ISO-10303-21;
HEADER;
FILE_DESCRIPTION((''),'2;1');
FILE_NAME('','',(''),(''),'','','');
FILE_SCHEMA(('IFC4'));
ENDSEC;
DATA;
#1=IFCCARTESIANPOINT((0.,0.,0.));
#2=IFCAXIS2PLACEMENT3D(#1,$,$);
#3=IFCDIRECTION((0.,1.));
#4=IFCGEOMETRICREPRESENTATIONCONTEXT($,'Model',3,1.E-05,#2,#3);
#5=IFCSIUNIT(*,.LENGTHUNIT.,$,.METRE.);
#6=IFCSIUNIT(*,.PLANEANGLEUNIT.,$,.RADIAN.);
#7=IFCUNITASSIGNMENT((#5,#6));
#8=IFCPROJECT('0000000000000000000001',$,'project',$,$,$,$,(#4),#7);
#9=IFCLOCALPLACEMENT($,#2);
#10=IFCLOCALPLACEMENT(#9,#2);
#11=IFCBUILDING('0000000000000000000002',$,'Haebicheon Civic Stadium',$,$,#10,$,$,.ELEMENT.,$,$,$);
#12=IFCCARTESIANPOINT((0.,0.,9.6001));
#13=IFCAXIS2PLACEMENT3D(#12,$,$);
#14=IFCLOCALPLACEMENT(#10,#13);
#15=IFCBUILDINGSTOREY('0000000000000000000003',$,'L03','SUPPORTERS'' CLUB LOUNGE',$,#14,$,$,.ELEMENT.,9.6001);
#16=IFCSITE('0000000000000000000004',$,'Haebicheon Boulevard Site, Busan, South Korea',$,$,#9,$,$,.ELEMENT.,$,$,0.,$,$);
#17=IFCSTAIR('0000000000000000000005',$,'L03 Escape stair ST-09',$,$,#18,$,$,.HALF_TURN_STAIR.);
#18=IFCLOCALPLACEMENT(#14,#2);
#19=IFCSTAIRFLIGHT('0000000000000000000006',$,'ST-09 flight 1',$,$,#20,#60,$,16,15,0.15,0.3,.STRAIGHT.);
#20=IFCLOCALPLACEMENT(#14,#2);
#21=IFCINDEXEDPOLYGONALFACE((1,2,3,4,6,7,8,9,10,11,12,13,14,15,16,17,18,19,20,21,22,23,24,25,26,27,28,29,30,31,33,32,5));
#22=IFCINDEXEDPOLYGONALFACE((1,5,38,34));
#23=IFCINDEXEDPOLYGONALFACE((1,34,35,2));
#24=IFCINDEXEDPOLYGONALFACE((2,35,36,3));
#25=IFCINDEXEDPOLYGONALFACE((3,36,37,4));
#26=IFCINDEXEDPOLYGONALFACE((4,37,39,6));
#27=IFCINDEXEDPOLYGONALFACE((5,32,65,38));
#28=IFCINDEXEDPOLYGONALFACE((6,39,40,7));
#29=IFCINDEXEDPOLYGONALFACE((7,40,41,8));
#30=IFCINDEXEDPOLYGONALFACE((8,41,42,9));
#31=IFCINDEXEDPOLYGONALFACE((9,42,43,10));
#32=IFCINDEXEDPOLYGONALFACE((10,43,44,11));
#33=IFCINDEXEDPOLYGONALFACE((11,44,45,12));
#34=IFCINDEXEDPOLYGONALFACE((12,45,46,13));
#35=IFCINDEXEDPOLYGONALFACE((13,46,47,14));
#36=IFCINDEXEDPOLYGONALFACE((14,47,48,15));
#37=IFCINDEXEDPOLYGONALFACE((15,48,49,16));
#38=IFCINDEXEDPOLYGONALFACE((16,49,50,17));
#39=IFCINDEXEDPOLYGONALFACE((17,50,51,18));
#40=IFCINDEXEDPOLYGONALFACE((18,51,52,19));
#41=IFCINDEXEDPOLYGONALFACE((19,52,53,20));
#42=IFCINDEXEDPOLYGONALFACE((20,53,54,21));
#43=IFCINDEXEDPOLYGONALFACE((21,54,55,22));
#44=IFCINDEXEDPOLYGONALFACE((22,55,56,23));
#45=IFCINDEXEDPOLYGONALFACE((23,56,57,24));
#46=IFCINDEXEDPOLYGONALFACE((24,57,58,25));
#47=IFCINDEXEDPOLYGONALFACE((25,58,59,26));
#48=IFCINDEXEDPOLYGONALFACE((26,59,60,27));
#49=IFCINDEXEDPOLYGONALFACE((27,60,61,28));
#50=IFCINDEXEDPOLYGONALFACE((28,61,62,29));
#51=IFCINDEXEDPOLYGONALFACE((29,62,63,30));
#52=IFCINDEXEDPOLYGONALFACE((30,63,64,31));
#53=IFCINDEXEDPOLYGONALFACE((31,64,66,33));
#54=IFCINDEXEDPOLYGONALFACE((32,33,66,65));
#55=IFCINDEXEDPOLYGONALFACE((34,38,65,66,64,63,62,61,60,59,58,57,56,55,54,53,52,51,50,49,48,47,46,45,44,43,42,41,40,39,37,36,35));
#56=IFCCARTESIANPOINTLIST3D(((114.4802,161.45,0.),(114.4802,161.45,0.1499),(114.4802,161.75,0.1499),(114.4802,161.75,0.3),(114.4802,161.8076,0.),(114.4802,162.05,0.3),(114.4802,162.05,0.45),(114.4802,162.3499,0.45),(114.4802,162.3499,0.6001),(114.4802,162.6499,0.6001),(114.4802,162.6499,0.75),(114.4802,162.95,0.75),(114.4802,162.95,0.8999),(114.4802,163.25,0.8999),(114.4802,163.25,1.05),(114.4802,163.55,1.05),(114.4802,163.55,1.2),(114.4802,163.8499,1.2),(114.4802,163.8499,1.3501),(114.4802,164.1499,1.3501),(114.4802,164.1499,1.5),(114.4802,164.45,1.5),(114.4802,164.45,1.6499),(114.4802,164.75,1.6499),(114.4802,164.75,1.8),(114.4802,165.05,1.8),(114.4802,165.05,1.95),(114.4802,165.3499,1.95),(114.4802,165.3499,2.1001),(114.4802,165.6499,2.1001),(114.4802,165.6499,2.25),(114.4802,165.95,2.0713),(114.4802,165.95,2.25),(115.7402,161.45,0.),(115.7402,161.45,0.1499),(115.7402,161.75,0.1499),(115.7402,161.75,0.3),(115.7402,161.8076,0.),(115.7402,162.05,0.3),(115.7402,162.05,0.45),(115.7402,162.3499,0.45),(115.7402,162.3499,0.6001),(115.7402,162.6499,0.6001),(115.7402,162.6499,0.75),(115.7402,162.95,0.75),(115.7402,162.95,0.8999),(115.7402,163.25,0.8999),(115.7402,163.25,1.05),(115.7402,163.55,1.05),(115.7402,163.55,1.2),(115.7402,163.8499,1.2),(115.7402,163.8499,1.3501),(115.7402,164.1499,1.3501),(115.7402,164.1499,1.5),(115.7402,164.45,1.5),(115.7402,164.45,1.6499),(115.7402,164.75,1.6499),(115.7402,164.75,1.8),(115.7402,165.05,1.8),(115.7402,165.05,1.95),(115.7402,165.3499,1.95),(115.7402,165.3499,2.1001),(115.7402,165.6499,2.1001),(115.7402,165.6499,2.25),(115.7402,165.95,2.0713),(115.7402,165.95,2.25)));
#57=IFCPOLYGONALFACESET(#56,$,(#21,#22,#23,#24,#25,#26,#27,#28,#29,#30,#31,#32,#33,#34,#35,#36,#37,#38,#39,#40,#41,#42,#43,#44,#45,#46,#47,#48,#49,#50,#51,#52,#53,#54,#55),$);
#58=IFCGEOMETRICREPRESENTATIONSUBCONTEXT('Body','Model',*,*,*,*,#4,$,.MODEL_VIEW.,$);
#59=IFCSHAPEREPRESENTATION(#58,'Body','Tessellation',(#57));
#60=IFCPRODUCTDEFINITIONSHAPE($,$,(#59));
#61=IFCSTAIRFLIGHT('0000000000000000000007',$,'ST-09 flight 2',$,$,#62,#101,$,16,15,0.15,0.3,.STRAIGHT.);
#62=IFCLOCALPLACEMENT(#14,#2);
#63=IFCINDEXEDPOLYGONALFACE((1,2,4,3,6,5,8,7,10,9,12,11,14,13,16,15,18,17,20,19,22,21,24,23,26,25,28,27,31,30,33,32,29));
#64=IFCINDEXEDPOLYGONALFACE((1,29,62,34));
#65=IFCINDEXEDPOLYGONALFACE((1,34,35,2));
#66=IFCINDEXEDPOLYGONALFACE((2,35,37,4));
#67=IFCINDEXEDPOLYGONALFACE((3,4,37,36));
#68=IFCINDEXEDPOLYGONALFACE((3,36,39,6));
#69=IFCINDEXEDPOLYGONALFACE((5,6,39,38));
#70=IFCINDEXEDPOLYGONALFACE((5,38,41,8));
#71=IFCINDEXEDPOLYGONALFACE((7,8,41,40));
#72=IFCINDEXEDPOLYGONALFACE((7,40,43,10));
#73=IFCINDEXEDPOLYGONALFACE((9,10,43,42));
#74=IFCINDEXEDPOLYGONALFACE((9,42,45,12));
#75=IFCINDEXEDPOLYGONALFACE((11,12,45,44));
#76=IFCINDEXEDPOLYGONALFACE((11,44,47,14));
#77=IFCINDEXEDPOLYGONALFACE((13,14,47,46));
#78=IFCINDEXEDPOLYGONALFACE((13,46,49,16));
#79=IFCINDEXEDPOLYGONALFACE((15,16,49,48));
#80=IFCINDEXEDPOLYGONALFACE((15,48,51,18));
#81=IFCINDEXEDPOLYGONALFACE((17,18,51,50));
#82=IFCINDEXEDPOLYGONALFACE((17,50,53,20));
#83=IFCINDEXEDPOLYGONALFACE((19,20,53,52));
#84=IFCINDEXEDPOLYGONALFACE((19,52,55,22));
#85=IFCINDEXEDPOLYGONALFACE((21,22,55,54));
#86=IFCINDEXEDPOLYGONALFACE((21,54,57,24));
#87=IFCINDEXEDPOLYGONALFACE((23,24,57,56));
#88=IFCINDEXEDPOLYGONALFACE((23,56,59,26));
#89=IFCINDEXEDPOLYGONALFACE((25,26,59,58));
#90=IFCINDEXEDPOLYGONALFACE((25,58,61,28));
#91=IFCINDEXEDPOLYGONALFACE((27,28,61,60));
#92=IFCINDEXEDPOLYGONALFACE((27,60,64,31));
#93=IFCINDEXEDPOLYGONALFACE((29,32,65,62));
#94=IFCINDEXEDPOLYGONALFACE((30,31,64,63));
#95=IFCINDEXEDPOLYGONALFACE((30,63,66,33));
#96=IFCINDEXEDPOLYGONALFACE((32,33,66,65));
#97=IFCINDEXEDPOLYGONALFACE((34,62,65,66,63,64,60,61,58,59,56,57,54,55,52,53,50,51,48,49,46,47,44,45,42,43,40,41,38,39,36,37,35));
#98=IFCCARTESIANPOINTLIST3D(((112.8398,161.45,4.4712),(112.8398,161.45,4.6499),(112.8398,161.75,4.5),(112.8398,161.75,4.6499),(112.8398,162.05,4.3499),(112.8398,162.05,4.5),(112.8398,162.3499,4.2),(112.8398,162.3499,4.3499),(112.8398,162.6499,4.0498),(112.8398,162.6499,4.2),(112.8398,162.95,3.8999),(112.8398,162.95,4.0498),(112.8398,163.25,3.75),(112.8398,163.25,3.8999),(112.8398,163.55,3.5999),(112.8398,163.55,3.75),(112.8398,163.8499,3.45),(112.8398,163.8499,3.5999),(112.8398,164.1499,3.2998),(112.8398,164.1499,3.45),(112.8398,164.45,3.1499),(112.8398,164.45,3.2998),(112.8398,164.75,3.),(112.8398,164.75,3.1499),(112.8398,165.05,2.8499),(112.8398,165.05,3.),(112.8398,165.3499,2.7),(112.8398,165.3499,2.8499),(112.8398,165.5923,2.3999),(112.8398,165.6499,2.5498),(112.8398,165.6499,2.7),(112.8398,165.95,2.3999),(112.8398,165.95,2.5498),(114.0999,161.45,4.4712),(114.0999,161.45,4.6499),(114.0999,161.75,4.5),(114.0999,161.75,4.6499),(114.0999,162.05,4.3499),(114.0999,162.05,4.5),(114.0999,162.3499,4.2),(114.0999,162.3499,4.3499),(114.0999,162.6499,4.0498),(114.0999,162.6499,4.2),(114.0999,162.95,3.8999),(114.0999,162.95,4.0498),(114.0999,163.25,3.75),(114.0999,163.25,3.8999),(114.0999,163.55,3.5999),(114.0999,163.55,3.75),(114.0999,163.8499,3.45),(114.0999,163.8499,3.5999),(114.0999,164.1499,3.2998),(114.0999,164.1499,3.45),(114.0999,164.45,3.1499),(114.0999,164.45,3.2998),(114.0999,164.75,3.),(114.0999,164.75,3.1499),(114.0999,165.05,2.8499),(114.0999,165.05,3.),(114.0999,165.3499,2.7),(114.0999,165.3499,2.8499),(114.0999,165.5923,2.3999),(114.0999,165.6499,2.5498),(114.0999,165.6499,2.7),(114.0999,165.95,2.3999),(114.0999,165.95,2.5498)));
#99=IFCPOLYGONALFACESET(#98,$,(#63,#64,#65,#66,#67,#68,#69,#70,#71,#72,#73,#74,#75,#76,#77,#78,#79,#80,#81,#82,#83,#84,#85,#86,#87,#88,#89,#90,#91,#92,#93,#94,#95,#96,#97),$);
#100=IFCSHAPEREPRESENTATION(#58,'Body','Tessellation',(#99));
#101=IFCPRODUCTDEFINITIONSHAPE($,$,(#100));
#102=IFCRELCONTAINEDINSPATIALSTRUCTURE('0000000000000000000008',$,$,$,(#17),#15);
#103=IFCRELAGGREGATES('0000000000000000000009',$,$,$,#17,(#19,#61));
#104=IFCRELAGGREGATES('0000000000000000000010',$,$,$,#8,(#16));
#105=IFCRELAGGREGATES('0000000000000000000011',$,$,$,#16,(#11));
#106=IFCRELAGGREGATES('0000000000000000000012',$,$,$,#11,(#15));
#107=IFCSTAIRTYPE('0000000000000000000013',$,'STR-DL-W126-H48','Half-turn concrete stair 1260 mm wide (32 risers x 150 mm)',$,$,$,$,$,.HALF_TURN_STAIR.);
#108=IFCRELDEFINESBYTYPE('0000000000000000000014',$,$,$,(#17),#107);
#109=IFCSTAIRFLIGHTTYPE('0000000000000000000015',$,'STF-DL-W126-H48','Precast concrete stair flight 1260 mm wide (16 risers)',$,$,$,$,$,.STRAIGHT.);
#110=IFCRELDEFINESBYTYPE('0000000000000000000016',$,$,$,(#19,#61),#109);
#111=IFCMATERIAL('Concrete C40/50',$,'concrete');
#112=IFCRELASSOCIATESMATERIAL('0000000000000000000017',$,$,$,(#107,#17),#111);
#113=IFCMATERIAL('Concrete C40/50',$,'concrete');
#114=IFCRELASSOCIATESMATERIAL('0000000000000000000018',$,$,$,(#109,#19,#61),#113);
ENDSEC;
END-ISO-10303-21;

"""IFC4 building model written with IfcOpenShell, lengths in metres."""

from ifc_helpers import new_model, si_unit, direction, frame, origin, place, context, subcontext, project, spatial, polyline, outline, extrude, material, type_object, element, aggregate, save


model = new_model("IFC4")

# Units and contexts
model_context = context("Model", 3, precision=1e-05, world=origin(), true_north=direction((0.0, 1.0)))
body_context = subcontext(model_context, "Body", "Model", "MODEL_VIEW")
ifc_project = project(units=[si_unit("LENGTHUNIT", "METRE"), si_unit("PLANEANGLEUNIT", "RADIAN")], contexts=[model_context])

# Site, building, storey
site_placement = place(None, origin())
site = spatial("IfcSite", under=ifc_project, at=site_placement, Name="Haebicheon Boulevard Site, Busan, South Korea", CompositionType="ELEMENT", RefElevation=0.0)
building_placement = place(site_placement, origin())
building = spatial("IfcBuilding", under=site, at=building_placement, Name="Haebicheon Civic Stadium", CompositionType="ELEMENT")
storey_placement = place(building_placement, frame((0.0, 0.0, 9.6001)))
storey = spatial("IfcBuildingStorey", under=building, at=storey_placement, Name="L03", Description="SUPPORTERS' CLUB LOUNGE", CompositionType="ELEMENT", Elevation=9.6001)

# Stair, stair flights
ifc_material_1 = material(Name="Concrete C40/50", Category="concrete")
stair_type = type_object("IfcStairType", Name="STR-DL-W126-H48", Description="Half-turn concrete stair 1260 mm wide (32 risers x 150 mm)", PredefinedType="HALF_TURN_STAIR", material=ifc_material_1)
stair_placement = place(storey_placement, origin())
stair = element("IfcStair", 1, at=stair_placement, inside=storey, type_object=stair_type, material=ifc_material_1, Name="L03 Escape stair ST-09", PredefinedType="HALF_TURN_STAIR")
ifc_material_2 = material(Name="Concrete C40/50", Category="concrete")
stair_flight_type = type_object("IfcStairFlightType", Name="STF-DL-W126-H48", Description="Precast concrete stair flight 1260 mm wide (16 risers)", PredefinedType="STRAIGHT", material=ifc_material_2)
stair_flight_1_placement = place(storey_placement, frame((115.1101, 161.45, 0.0), z_axis=(0.0, 0.0, 1.0), x_axis=(0.0, 1.0, 0.0)))
stair_flight_1 = element("IfcStairFlight", 2, at=stair_flight_1_placement, type_object=stair_flight_type, material=ifc_material_2, Name="ST-09 flight 1", NumberOfRisers=16, NumberOfTreads=15, PredefinedType="STRAIGHT", RiserHeight=0.15, TreadLength=0.3, context=body_context, shape_type="SweptSolid", body=[
    extrude(outline(polyline([(0.0, 0.0), (0.0, 0.1499), (0.3, 0.1499), (0.3, 0.3), (0.6001, 0.3), (0.6001, 0.45), (0.8999, 0.45), (0.8999, 0.6001), (1.2, 0.6001), (1.2, 0.75), (1.5, 0.75), (1.5, 0.8999), (1.8, 0.8999), (1.8, 1.05), (2.1001, 1.05), (2.1001, 1.2), (2.3999, 1.2), (2.3999, 1.3501), (2.7, 1.3501), (2.7, 1.5), (3.0, 1.5), (3.0, 1.6499), (3.3, 1.6499), (3.3, 1.8), (3.6001, 1.8), (3.6001, 1.95), (3.8999, 1.95), (3.8999, 2.1001), (4.2, 2.1001), (4.2, 2.25), (4.5, 2.25), (4.5, 2.3999), (4.5, 2.0713), (0.3577, 0.0), (0.0, 0.0)])), frame((0.0, 0.6299, 0.0), z_axis=(0.0, -1.0, 0.0), x_axis=(1.0, 0.0, 0.0)), (0.0, 0.0, 1.0), 1.26),
])
stair_flight_2_placement = place(storey_placement, frame((113.47, 165.95, 2.3999), z_axis=(0.0, 0.0, 1.0), x_axis=(0.0, -1.0, 0.0)))
stair_flight_2 = element("IfcStairFlight", 3, at=stair_flight_2_placement, type_object=stair_flight_type, material=ifc_material_2, Name="ST-09 flight 2", NumberOfRisers=16, NumberOfTreads=15, PredefinedType="STRAIGHT", RiserHeight=0.15, TreadLength=0.3, context=body_context, shape_type="SweptSolid", body=[
    extrude(outline(polyline([(0.0, 0.0), (0.0, 0.1499), (0.3, 0.1499), (0.3, 0.3), (0.6001, 0.3), (0.6001, 0.45), (0.8999, 0.45), (0.8999, 0.6001), (1.2, 0.6001), (1.2, 0.75), (1.5, 0.75), (1.5, 0.8999), (1.8, 0.8999), (1.8, 1.05), (2.1001, 1.05), (2.1001, 1.2), (2.3999, 1.2), (2.3999, 1.3501), (2.7, 1.3501), (2.7, 1.5), (3.0, 1.5), (3.0, 1.6499), (3.3, 1.6499), (3.3, 1.8), (3.6001, 1.8), (3.6001, 1.95), (3.8999, 1.95), (3.8999, 2.1001), (4.2, 2.1001), (4.2, 2.25), (4.5, 2.25), (4.5, 2.3999), (4.5, 2.0713), (0.3577, 0.0), (0.0, 0.0)])), frame((0.0, 0.6299, 0.0), z_axis=(0.0, -1.0, 0.0), x_axis=(1.0, 0.0, 0.0)), (0.0, 0.0, 1.0), 1.26),
])
aggregate(stair, [stair_flight_1, stair_flight_2])

save(model, "model.ifc")
